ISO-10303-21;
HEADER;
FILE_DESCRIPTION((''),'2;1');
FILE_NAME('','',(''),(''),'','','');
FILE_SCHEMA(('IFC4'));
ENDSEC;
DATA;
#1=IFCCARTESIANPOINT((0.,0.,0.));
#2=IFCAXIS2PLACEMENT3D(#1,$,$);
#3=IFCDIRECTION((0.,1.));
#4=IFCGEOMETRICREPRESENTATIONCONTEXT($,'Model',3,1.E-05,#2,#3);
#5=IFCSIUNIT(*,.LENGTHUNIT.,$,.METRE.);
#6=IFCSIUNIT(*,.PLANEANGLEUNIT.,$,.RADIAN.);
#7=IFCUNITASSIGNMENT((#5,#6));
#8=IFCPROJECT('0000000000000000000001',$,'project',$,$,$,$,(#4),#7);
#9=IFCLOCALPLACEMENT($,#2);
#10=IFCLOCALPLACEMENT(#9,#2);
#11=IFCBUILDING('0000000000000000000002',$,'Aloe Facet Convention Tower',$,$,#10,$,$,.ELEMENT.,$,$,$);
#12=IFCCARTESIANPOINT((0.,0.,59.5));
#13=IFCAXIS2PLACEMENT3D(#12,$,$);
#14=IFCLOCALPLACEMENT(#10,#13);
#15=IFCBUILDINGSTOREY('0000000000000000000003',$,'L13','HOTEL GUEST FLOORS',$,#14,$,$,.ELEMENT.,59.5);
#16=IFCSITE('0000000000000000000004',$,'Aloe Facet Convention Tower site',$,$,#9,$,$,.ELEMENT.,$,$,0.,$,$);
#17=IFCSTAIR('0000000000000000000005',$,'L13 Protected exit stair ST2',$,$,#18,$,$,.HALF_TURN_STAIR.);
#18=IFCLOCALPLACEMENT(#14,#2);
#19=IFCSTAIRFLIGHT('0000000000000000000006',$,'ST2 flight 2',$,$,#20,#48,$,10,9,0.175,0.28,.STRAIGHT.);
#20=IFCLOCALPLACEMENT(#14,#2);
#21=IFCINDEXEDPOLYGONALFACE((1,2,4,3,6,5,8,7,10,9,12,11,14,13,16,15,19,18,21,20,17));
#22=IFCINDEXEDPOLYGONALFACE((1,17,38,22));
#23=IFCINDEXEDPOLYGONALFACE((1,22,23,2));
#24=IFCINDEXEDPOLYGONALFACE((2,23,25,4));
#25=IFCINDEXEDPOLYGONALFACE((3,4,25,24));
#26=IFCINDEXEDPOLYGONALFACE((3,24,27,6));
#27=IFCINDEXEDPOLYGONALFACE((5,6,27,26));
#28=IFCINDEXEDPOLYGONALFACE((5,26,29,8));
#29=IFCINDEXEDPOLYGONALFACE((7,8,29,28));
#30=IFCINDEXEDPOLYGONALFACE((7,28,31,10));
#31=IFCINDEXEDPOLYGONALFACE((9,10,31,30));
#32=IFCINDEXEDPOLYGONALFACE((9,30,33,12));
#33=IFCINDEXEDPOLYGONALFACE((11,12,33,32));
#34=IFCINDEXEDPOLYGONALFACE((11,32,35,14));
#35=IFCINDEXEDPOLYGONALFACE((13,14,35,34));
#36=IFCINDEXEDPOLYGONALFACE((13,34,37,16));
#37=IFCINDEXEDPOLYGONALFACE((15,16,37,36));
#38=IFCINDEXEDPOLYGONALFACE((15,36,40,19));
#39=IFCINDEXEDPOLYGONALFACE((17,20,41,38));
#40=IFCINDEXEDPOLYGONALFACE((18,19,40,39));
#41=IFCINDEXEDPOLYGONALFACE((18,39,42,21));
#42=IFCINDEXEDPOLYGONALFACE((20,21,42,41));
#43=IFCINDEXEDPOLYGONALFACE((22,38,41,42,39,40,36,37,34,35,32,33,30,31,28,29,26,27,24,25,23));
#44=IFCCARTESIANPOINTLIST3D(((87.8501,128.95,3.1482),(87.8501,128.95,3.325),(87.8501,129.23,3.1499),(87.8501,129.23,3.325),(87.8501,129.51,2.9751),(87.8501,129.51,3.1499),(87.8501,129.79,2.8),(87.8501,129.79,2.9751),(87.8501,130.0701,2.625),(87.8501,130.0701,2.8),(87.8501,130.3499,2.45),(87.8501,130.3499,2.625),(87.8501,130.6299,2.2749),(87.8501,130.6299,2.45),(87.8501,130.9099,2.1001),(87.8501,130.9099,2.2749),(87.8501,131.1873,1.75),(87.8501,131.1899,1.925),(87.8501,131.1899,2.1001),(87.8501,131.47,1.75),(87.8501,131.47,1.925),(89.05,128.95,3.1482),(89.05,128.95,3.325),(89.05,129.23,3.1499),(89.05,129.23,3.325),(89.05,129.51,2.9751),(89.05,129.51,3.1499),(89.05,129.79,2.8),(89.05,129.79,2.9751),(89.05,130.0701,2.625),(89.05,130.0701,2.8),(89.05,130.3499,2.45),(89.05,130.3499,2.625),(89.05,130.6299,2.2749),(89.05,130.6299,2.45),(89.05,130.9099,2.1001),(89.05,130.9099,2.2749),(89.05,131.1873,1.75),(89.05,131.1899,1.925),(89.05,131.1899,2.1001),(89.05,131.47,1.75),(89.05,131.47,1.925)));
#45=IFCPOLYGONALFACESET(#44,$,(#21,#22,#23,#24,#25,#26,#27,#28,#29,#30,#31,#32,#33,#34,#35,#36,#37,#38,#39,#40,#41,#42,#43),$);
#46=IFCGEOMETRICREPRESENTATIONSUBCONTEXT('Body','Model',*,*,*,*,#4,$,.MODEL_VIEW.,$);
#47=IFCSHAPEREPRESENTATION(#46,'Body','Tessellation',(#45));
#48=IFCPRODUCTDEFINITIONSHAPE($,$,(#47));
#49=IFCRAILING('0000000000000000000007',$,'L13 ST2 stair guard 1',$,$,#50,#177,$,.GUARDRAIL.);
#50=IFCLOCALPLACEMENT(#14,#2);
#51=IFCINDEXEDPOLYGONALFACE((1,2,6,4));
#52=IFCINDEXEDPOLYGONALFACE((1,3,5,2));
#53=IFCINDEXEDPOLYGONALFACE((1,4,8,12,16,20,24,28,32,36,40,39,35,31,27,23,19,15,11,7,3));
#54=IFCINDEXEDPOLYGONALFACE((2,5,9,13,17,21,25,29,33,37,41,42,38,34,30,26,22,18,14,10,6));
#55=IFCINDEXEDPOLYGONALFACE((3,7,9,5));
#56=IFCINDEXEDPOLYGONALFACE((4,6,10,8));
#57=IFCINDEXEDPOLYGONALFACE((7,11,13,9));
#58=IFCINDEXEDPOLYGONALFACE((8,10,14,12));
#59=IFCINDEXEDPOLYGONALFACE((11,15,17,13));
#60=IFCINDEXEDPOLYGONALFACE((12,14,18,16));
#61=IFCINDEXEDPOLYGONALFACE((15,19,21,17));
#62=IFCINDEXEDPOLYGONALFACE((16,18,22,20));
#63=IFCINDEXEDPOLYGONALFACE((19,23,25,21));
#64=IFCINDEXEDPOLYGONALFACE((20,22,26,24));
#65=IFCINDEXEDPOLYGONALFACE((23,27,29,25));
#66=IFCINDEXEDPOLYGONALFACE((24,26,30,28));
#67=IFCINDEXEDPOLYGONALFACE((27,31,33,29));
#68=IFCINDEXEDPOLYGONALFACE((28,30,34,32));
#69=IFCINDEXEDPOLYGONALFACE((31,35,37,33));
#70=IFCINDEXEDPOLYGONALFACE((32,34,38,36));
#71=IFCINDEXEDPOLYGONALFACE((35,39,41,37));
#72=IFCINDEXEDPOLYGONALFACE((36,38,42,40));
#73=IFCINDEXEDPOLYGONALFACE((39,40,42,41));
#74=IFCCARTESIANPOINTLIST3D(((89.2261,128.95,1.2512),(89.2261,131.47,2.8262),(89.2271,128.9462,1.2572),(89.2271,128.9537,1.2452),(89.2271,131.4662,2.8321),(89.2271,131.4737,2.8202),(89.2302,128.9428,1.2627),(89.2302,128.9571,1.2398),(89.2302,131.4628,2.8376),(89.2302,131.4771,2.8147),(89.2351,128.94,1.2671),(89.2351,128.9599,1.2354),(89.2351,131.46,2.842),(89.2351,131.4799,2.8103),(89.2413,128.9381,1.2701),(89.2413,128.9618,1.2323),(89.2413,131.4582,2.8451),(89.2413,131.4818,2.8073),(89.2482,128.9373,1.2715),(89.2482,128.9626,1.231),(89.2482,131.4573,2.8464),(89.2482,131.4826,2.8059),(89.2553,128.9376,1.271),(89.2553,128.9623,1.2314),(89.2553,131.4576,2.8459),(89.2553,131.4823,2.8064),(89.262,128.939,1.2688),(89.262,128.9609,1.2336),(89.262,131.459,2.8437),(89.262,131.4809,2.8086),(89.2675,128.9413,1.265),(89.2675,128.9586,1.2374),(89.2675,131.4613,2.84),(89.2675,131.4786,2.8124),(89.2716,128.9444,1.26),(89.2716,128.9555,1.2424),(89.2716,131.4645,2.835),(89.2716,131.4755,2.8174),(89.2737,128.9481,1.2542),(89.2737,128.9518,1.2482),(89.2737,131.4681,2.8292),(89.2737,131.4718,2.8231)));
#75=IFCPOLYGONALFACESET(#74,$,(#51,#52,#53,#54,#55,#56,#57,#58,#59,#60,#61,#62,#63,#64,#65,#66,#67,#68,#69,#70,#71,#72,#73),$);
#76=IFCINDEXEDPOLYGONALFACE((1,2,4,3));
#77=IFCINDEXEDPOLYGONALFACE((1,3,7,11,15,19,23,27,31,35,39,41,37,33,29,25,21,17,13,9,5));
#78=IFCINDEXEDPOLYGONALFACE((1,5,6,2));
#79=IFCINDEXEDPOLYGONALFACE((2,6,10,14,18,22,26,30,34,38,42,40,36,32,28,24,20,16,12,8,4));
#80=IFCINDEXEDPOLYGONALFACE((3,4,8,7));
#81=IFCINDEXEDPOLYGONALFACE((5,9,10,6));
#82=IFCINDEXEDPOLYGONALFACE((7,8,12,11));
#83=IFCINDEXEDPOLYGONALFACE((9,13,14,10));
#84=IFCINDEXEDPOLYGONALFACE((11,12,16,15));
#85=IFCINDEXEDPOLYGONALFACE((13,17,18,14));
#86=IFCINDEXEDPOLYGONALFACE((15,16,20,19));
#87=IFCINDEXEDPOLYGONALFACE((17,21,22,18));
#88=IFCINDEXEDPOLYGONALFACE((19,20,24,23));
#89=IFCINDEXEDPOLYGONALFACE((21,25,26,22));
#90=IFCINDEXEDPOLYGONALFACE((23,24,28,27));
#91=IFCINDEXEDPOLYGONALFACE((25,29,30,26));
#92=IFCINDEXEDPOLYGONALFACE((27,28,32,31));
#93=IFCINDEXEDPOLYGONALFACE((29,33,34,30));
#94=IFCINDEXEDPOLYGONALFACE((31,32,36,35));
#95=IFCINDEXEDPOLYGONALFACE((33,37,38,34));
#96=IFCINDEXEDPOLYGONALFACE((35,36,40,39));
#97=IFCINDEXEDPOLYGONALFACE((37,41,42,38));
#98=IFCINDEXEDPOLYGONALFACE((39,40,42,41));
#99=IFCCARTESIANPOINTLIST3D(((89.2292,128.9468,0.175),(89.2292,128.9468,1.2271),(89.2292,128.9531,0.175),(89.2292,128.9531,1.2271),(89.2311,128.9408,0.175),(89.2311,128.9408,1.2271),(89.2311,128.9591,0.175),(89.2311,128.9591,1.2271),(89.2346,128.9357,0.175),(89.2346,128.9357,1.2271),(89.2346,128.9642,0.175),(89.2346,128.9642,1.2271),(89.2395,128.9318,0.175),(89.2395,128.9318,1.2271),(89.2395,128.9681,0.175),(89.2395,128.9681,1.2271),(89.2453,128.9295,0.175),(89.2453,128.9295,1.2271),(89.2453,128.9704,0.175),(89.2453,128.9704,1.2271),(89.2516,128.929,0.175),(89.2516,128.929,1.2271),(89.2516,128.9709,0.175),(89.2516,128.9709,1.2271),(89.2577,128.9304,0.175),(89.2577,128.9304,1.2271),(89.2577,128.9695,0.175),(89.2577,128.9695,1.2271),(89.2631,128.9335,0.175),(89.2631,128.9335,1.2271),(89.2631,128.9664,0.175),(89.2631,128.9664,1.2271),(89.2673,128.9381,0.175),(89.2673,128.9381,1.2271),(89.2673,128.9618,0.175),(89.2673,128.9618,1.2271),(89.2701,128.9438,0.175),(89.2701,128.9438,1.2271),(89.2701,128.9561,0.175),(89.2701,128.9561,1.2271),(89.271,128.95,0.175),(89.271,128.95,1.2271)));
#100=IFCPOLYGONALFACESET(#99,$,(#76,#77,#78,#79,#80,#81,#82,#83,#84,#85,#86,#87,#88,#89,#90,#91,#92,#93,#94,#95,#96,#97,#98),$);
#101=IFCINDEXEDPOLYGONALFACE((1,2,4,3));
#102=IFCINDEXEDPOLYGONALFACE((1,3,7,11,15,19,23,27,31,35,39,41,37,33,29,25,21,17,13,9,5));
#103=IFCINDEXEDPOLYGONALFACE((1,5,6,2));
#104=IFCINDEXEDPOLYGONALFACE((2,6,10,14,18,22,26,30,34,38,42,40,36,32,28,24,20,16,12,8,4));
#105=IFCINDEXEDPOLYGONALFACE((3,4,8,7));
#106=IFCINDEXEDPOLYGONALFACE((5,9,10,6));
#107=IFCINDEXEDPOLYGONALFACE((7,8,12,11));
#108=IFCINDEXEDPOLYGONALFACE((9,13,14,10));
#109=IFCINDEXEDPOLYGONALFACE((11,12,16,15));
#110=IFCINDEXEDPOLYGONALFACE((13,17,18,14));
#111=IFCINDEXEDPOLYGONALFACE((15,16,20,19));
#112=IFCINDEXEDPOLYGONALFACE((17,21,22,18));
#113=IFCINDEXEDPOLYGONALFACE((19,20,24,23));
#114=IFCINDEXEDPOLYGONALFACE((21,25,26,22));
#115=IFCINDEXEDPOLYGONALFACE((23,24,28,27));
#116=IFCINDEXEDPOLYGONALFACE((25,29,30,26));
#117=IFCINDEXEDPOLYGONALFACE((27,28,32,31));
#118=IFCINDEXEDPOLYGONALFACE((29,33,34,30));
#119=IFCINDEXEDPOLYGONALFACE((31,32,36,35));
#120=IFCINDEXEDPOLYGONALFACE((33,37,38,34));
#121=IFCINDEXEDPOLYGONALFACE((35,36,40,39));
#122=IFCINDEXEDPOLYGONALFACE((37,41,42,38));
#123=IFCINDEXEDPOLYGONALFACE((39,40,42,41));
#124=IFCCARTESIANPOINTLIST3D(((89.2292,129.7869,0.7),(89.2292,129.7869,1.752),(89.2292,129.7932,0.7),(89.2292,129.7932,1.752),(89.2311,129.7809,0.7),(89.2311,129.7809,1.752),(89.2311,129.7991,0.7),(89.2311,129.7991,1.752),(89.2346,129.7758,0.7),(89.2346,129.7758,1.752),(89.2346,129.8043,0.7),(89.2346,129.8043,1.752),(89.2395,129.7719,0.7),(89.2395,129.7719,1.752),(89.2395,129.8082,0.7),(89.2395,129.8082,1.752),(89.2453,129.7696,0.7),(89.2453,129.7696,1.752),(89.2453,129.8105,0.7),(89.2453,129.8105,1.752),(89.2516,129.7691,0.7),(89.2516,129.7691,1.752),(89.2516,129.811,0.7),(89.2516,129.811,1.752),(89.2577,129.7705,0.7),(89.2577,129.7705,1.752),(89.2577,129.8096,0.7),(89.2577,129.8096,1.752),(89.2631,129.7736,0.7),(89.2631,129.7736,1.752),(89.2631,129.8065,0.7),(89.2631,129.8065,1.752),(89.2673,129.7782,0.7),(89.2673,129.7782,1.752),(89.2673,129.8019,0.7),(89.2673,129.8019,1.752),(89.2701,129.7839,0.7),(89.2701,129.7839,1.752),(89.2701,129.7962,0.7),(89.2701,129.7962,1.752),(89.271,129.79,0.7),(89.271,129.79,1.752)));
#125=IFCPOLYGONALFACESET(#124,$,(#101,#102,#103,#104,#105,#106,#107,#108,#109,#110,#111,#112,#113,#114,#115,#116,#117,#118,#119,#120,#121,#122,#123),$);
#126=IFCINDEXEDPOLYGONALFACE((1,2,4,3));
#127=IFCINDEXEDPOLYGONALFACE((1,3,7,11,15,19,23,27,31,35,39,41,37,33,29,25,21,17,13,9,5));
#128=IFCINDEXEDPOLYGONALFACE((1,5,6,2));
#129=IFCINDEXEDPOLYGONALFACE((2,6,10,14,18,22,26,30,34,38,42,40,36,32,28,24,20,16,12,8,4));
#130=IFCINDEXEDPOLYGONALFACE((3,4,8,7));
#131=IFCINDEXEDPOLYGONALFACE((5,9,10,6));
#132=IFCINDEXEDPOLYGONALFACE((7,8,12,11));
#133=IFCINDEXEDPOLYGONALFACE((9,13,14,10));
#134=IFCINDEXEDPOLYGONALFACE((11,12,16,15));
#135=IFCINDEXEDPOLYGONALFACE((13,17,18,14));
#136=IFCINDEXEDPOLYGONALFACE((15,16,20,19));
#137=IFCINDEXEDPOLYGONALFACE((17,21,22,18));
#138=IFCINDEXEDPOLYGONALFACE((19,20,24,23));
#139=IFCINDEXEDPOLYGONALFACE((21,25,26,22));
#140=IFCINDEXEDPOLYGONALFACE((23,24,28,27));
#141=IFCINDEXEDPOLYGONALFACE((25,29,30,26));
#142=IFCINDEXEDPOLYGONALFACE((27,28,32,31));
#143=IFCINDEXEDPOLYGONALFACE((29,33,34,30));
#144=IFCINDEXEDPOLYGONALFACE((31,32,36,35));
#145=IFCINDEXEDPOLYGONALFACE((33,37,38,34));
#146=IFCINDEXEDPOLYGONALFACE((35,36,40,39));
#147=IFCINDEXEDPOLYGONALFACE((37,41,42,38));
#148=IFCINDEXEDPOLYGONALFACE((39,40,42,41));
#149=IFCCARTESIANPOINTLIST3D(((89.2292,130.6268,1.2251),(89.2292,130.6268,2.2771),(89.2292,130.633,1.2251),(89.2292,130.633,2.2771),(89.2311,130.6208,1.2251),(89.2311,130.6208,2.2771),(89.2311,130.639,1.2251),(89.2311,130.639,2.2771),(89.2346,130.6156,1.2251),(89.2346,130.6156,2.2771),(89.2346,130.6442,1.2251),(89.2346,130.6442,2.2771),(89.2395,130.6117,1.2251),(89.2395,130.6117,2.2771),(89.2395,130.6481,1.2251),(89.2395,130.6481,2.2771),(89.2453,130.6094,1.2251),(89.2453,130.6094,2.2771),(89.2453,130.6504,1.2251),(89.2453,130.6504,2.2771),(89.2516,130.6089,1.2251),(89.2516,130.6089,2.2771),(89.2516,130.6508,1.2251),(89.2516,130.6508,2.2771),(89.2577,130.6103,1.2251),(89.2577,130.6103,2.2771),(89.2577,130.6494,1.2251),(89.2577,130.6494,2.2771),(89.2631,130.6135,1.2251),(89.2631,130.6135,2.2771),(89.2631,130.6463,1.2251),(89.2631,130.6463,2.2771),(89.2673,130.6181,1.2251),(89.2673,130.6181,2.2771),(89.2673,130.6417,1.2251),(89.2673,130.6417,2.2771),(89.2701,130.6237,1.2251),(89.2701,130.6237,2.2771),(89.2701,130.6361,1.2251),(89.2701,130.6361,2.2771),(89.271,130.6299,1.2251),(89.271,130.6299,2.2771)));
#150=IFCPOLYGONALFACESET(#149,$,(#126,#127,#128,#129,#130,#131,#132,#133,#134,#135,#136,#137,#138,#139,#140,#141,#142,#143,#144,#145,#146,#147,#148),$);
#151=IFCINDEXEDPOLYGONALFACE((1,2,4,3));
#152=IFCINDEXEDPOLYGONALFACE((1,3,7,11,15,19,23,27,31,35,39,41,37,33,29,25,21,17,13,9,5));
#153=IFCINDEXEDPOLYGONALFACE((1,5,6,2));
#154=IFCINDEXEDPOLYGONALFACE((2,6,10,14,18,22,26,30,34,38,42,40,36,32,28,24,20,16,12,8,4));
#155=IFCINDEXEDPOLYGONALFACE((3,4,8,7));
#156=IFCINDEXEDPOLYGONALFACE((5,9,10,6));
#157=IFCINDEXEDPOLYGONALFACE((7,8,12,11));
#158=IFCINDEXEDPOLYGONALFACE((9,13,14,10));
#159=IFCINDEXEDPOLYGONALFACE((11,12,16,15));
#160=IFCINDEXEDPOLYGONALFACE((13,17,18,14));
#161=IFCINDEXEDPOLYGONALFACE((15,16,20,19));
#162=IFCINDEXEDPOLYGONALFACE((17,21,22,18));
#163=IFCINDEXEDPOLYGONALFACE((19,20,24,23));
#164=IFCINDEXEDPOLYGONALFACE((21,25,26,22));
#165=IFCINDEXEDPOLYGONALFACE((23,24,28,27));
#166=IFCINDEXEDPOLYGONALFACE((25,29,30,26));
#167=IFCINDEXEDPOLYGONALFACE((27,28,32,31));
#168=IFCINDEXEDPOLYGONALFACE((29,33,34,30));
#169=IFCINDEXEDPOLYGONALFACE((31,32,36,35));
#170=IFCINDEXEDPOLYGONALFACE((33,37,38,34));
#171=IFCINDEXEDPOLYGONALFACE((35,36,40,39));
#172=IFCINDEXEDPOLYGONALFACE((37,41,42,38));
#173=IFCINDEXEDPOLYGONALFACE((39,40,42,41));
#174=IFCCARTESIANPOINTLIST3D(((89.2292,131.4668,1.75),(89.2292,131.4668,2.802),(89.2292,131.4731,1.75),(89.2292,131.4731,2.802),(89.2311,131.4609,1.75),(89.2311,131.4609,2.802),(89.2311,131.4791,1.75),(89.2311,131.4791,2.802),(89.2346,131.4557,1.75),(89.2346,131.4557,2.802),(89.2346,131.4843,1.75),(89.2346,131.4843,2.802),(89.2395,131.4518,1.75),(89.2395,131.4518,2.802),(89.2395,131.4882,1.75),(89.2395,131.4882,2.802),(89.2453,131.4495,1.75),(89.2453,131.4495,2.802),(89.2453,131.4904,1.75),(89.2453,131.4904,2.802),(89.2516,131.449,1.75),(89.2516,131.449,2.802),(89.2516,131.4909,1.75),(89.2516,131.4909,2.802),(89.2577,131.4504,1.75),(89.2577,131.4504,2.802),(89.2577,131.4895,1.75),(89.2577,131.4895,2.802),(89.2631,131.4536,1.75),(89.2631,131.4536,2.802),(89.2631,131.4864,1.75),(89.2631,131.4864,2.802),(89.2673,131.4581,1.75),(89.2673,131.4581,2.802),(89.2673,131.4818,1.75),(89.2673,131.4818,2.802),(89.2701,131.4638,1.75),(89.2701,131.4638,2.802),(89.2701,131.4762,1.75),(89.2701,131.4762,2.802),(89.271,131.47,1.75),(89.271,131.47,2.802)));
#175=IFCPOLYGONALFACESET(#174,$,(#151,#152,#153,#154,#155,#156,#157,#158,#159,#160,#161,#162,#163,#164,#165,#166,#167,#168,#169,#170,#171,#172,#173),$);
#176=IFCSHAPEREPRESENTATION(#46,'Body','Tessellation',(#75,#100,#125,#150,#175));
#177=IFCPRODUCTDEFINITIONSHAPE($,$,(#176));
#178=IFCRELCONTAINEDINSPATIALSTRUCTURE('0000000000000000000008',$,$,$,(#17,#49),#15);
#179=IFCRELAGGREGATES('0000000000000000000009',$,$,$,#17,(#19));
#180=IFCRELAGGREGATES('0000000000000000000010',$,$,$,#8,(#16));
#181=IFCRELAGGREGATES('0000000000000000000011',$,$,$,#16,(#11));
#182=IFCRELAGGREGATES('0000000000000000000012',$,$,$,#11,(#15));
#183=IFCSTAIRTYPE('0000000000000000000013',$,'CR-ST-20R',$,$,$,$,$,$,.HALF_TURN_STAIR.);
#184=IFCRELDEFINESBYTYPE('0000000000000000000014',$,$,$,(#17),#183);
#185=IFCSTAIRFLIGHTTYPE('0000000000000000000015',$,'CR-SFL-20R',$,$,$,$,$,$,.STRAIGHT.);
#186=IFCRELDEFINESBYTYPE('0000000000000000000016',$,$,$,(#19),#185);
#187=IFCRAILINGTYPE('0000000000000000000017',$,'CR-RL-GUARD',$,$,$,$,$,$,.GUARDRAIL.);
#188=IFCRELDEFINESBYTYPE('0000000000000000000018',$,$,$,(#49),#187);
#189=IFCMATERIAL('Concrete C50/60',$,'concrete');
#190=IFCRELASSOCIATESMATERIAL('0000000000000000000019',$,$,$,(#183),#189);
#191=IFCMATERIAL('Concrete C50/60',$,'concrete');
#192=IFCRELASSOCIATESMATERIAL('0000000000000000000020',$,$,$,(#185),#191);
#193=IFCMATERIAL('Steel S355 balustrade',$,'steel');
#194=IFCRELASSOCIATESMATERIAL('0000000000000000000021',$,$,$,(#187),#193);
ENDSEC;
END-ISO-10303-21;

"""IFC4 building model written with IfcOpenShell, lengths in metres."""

from ifc_helpers import new_model, si_unit, direction, frame, origin, origin_2d, place, context, subcontext, project, spatial, polyline, circle, outline, extrude, material, type_object, element, aggregate, save


model = new_model("IFC4")

# Units and contexts
model_context = context("Model", 3, precision=1e-05, world=origin(), true_north=direction((0.0, 1.0)))
body_context = subcontext(model_context, "Body", "Model", "MODEL_VIEW")
ifc_project = project(units=[si_unit("LENGTHUNIT", "METRE"), si_unit("PLANEANGLEUNIT", "RADIAN")], contexts=[model_context])

# Site, building, storey
site_placement = place(None, origin())
site = spatial("IfcSite", under=ifc_project, at=site_placement, Name="Aloe Facet Convention Tower site", CompositionType="ELEMENT", RefElevation=0.0)
building_placement = place(site_placement, origin())
building = spatial("IfcBuilding", under=site, at=building_placement, Name="Aloe Facet Convention Tower", CompositionType="ELEMENT")
storey_placement = place(building_placement, frame((0.0, 0.0, 59.5)))
storey = spatial("IfcBuildingStorey", under=building, at=storey_placement, Name="L13", Description="HOTEL GUEST FLOORS", CompositionType="ELEMENT", Elevation=59.5)

# Stair, stair flight
ifc_material_1 = material(Name="Concrete C50/60", Category="concrete")
stair_type = type_object("IfcStairType", Name="CR-ST-20R", PredefinedType="HALF_TURN_STAIR", material=ifc_material_1)
stair_placement = place(storey_placement, origin())
stair = element("IfcStair", 1, at=stair_placement, inside=storey, type_object=stair_type, Name="L13 Protected exit stair ST2", PredefinedType="HALF_TURN_STAIR")
ifc_material_2 = material(Name="Concrete C50/60", Category="concrete")
stair_flight_type = type_object("IfcStairFlightType", Name="CR-SFL-20R", PredefinedType="STRAIGHT", material=ifc_material_2)
stair_flight_1_placement = place(storey_placement, frame((88.45, 131.47, 1.75), z_axis=(0.0, 0.0, 1.0), x_axis=(0.0, -1.0, 0.0)))
stair_flight_1 = element("IfcStairFlight", 2, at=stair_flight_1_placement, type_object=stair_flight_type, Name="ST2 flight 2", NumberOfRisers=10, NumberOfTreads=9, PredefinedType="STRAIGHT", RiserHeight=0.175, TreadLength=0.28, context=body_context, shape_type="SweptSolid", body=[
    extrude(outline(polyline([(0.0, 0.0), (0.0, 0.175), (0.28, 0.175), (0.28, 0.3501), (0.5601, 0.3501), (0.5601, 0.5249), (0.8401, 0.5249), (0.8401, 0.7), (1.1201, 0.7), (1.1201, 0.875), (1.3999, 0.875), (1.3999, 1.05), (1.6799, 1.05), (1.6799, 1.2251), (1.96, 1.2251), (1.96, 1.3999), (2.24, 1.3999), (2.24, 1.575), (2.52, 1.575), (2.52, 1.75), (2.52, 1.3982), (0.2827, 0.0), (0.0, 0.0)])), frame((0.0, 0.6001, 0.0), z_axis=(0.0, -1.0, 0.0), x_axis=(1.0, 0.0, 0.0)), (0.0, 0.0, 1.0), 1.2),
])
aggregate(stair, [stair_flight_1])

# Railing
ifc_material_3 = material(Name="Steel S355 balustrade", Category="steel")
railing_type_1 = type_object("IfcRailingType", Name="CR-RL-GUARD", PredefinedType="GUARDRAIL", material=ifc_material_3)
railing_1_placement = place(storey_placement, frame((89.25, 128.95, 0.175)))
element("IfcRailing", 3, at=railing_1_placement, inside=storey, type_object=railing_type_1, Name="L13 ST2 stair guard 1", PredefinedType="GUARDRAIL", context=body_context, shape_type="SweptSolid", body=[
    extrude(circle(Radius=0.0239, at=origin_2d()), frame((0.0, 0.0, 1.0762), z_axis=(0.0, 0.848008, 0.529984), x_axis=(-1.0, 0.0, 0.0)), (0.0, 0.0, 1.0), 2.9717),
    extrude(circle(Radius=0.021, at=origin_2d()), origin(), (0.0, 0.0, 1.0), 1.052),
    extrude(circle(Radius=0.021, at=origin_2d()), frame((0.0, 0.8401, 0.5249)), (0.0, 0.0, 1.0), 1.052),
    extrude(circle(Radius=0.021, at=origin_2d()), frame((0.0, 1.6799, 1.05)), (0.0, 0.0, 1.0), 1.052),
    extrude(circle(Radius=0.021, at=origin_2d()), frame((0.0, 2.52, 1.575)), (0.0, 0.0, 1.0), 1.052),
])

save(model, "model.ifc")
